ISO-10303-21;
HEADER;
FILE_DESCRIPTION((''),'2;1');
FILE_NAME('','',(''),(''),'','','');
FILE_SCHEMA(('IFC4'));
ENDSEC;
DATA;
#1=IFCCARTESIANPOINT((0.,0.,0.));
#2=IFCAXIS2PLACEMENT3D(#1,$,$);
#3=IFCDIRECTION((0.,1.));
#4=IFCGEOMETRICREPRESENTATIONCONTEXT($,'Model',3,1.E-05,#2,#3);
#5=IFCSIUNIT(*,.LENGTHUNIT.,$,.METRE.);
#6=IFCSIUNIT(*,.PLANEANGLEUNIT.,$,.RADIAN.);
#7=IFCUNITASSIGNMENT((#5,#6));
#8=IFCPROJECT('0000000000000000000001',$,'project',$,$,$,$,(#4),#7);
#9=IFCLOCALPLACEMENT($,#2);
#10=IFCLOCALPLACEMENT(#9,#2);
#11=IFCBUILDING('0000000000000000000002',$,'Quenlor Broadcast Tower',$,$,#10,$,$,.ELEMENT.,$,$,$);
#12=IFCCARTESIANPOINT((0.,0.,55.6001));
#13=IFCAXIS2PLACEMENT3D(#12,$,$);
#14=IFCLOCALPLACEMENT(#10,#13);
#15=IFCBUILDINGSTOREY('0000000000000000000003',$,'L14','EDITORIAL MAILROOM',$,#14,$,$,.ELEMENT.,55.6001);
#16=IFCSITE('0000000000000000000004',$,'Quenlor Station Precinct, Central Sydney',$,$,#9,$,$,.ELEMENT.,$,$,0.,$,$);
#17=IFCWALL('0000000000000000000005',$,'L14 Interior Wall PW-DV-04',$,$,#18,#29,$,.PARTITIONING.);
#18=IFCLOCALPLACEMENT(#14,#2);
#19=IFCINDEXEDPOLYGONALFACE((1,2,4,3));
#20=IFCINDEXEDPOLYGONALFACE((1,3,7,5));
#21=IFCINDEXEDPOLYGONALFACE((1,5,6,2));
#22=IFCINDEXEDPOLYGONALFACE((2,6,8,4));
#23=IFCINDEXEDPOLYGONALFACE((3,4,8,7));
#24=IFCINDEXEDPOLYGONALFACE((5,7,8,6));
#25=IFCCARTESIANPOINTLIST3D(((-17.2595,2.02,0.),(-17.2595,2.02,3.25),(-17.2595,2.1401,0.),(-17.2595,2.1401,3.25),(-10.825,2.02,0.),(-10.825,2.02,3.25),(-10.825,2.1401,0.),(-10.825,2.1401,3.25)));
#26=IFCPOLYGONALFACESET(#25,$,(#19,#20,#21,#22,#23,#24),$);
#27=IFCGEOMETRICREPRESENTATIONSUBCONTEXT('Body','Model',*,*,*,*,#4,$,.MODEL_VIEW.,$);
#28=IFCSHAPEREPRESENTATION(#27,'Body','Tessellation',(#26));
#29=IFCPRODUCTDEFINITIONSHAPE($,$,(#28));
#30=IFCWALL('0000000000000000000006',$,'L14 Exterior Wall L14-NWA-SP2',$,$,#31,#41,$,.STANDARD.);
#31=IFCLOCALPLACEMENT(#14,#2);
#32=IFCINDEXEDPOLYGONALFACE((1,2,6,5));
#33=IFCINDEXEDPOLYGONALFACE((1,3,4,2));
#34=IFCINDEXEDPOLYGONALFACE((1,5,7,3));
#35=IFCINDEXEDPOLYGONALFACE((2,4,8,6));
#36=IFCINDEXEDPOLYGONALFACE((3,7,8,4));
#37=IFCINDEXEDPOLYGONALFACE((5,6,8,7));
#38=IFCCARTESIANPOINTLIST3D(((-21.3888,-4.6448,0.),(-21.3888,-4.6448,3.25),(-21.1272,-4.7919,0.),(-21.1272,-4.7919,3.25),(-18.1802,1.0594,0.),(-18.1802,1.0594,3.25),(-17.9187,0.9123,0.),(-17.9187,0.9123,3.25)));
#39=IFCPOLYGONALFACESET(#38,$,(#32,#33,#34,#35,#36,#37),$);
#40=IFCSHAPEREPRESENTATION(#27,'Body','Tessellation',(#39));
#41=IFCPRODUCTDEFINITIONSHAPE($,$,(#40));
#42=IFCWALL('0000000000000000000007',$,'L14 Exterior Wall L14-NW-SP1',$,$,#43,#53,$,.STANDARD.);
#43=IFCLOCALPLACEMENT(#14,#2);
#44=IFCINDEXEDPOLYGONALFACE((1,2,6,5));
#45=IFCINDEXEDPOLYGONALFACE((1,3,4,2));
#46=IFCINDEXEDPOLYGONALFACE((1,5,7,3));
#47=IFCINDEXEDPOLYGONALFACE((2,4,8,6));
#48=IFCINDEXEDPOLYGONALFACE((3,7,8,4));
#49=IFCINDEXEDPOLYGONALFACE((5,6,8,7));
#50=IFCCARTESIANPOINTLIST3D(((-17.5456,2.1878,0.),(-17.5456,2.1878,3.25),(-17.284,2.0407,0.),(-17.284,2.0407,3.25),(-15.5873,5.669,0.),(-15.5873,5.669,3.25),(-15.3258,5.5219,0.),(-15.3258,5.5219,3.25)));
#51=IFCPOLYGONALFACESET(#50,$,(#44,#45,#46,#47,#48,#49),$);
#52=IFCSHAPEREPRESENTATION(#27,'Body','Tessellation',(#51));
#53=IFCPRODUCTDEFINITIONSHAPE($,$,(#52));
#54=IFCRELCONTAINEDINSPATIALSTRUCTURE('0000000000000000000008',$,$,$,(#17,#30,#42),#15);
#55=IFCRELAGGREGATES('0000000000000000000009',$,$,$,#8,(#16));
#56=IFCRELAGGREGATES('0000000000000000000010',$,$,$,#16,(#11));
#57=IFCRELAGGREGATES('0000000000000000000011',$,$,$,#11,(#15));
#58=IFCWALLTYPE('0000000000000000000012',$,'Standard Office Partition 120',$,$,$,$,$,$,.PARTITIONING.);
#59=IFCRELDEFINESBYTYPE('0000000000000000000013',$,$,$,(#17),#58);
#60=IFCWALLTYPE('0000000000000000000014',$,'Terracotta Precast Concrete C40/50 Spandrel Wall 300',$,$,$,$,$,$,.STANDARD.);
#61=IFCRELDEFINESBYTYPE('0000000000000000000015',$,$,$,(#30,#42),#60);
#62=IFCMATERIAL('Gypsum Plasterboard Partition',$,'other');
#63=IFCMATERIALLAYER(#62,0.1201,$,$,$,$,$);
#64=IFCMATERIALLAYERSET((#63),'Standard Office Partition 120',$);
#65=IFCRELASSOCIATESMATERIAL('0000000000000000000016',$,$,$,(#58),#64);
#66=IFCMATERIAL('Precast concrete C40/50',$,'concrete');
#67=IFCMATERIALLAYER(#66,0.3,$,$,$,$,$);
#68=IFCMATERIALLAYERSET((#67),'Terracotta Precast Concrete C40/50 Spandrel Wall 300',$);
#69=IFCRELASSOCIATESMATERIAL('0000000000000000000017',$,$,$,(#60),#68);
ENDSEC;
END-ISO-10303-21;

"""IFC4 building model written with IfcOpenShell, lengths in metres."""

from ifc_helpers import new_model, si_unit, direction, frame, frame_2d, origin, place, context, subcontext, project, spatial, rectangle, extrude, material, layer, layer_set, type_object, element, save


model = new_model("IFC4")

# Units and contexts
model_context = context("Model", 3, precision=1e-05, world=origin(), true_north=direction((0.0, 1.0)))
body_context = subcontext(model_context, "Body", "Model", "MODEL_VIEW")
ifc_project = project(units=[si_unit("LENGTHUNIT", "METRE"), si_unit("PLANEANGLEUNIT", "RADIAN")], contexts=[model_context])

# Site, building, storey
site_placement = place(None, origin())
site = spatial("IfcSite", under=ifc_project, at=site_placement, Name="Quenlor Station Precinct, Central Sydney", CompositionType="ELEMENT", RefElevation=0.0)
building_placement = place(site_placement, origin())
building = spatial("IfcBuilding", under=site, at=building_placement, Name="Quenlor Broadcast Tower", CompositionType="ELEMENT")
storey_placement = place(building_placement, frame((0.0, 0.0, 55.6001)))
storey = spatial("IfcBuildingStorey", under=building, at=storey_placement, Name="L14", Description="EDITORIAL MAILROOM", CompositionType="ELEMENT", Elevation=55.6001)

# Shared definitions
ifc_material_1 = material(Name="Gypsum Plasterboard Partition", Category="other")
ifc_layer_1 = layer(ifc_material_1, 0.1201)
ifc_layer_set_1 = layer_set([ifc_layer_1], Name="Standard Office Partition 120")
wall_type_1 = type_object("IfcWallType", Name="Standard Office Partition 120", PredefinedType="PARTITIONING", material=ifc_layer_set_1)

# Walls
wall_1_placement = place(storey_placement, frame((-10.825, 2.0801, 0.0), z_axis=(0.0, 0.0, 1.0), x_axis=(-1.0, 0.0, 0.0)))
element("IfcWall", 1, at=wall_1_placement, inside=storey, type_object=wall_type_1, Name="L14 Interior Wall PW-DV-04", PredefinedType="PARTITIONING", context=body_context, shape_type="SweptSolid", body=[
    extrude(rectangle(XDim=6.4346, YDim=0.1201, at=frame_2d((3.2173, 0.0))), origin(), (0.0, 0.0, 1.0), 3.25),
])
ifc_material_2 = material(Name="Precast concrete C40/50", Category="concrete")
ifc_layer_2 = layer(ifc_material_2, 0.3)
ifc_layer_set_2 = layer_set([ifc_layer_2], Name="Terracotta Precast Concrete C40/50 Spandrel Wall 300")
wall_type_2 = type_object("IfcWallType", Name="Terracotta Precast Concrete C40/50 Spandrel Wall 300", PredefinedType="STANDARD", material=ifc_layer_set_2)
wall_2_placement = place(storey_placement, frame((-21.2581, -4.7185, 0.0), z_axis=(0.0, 0.0, 1.0), x_axis=(0.490254, 0.87158, 0.0)))
element("IfcWall", 2, at=wall_2_placement, inside=storey, type_object=wall_type_2, Name="L14 Exterior Wall L14-NWA-SP2", PredefinedType="STANDARD", context=body_context, shape_type="SweptSolid", body=[
    extrude(rectangle(XDim=6.5447, YDim=0.3, at=frame_2d((3.2725, 0.0))), origin(), (0.0, 0.0, 1.0), 3.25),
])
wall_3_placement = place(storey_placement, frame((-17.4148, 2.1143, 0.0), z_axis=(0.0, 0.0, 1.0), x_axis=(0.490276, 0.871567, 0.0)))
element("IfcWall", 3, at=wall_3_placement, inside=storey, type_object=wall_type_2, Name="L14 Exterior Wall L14-NW-SP1", PredefinedType="STANDARD", context=body_context, shape_type="SweptSolid", body=[
    extrude(rectangle(XDim=3.9941, YDim=0.3, at=frame_2d((1.9971, 0.0))), origin(), (0.0, 0.0, 1.0), 3.25),
])

save(model, "model.ifc")
